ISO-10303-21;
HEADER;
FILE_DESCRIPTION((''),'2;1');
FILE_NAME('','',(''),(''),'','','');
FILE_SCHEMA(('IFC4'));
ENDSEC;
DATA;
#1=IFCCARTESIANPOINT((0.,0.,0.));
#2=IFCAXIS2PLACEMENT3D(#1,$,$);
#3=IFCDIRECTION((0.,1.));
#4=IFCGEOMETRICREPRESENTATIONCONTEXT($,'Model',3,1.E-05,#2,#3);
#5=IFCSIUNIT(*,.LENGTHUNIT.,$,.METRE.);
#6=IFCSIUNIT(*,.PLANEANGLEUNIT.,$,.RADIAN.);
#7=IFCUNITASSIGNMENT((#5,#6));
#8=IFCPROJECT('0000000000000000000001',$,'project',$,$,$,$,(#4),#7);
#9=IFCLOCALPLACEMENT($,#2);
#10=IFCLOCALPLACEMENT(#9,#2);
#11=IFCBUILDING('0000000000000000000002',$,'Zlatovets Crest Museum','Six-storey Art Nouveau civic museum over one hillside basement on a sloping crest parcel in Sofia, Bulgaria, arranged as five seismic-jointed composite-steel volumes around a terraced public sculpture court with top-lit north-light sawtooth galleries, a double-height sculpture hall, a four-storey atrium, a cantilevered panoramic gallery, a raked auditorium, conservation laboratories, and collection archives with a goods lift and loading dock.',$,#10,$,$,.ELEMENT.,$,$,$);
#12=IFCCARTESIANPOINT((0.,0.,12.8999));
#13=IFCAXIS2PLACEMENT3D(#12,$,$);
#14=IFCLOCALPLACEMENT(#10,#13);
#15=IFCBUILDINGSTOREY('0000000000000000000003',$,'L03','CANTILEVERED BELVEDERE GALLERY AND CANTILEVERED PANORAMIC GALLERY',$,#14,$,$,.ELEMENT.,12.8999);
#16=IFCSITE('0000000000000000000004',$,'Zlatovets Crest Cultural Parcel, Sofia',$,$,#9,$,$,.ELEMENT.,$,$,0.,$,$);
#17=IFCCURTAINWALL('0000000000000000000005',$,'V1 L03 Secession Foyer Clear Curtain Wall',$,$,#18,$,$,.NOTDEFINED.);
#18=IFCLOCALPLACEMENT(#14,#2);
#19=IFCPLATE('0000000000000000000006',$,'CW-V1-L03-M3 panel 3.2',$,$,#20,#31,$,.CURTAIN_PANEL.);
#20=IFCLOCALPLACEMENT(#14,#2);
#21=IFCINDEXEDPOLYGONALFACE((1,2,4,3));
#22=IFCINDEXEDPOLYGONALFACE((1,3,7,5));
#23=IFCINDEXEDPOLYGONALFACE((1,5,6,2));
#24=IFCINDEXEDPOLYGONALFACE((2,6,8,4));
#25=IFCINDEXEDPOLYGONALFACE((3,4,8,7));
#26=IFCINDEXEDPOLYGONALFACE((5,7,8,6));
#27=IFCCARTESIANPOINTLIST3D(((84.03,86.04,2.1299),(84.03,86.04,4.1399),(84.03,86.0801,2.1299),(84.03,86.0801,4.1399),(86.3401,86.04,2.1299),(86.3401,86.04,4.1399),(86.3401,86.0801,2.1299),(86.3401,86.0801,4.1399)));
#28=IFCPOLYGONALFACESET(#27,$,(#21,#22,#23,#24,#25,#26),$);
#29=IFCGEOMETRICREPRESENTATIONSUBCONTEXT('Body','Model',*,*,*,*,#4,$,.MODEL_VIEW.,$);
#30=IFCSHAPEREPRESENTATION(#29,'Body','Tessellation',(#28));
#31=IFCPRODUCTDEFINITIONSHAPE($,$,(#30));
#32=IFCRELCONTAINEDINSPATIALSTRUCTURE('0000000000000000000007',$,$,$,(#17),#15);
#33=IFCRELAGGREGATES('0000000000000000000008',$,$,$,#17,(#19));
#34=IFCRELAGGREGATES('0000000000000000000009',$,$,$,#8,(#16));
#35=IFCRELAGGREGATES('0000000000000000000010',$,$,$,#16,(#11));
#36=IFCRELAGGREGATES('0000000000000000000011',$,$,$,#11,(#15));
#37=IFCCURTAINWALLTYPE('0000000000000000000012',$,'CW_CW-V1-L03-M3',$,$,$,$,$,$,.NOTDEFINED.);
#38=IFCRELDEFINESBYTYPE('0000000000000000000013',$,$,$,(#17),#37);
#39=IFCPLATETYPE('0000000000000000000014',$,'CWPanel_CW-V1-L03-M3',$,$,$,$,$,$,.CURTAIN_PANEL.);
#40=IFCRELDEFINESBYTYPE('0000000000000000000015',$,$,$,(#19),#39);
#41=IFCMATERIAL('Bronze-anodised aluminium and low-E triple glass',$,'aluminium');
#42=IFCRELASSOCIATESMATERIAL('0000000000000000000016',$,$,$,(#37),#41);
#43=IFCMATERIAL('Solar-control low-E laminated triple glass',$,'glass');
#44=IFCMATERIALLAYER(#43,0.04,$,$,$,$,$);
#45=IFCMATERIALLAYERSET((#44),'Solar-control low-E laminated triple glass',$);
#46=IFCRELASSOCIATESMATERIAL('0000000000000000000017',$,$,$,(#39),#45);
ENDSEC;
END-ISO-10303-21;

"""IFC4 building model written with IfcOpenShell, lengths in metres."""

from ifc_helpers import new_model, si_unit, direction, frame, origin, origin_2d, place, context, subcontext, project, spatial, rectangle, extrude, material, layer, layer_set, type_object, element, aggregate, save


model = new_model("IFC4")

# Units and contexts
model_context = context("Model", 3, precision=1e-05, world=origin(), true_north=direction((0.0, 1.0)))
body_context = subcontext(model_context, "Body", "Model", "MODEL_VIEW")
ifc_project = project(units=[si_unit("LENGTHUNIT", "METRE"), si_unit("PLANEANGLEUNIT", "RADIAN")], contexts=[model_context])

# Site, building, storey
site_placement = place(None, origin())
site = spatial("IfcSite", under=ifc_project, at=site_placement, Name="Zlatovets Crest Cultural Parcel, Sofia", CompositionType="ELEMENT", RefElevation=0.0)
building_placement = place(site_placement, origin())
building = spatial("IfcBuilding", under=site, at=building_placement, Name="Zlatovets Crest Museum", Description="Six-storey Art Nouveau civic museum over one hillside basement on a sloping crest parcel in Sofia, Bulgaria, arranged as five seismic-jointed composite-steel volumes around a terraced public sculpture court with top-lit north-light sawtooth galleries, a double-height sculpture hall, a four-storey atrium, a cantilevered panoramic gallery, a raked auditorium, conservation laboratories, and collection archives with a goods lift and loading dock.", CompositionType="ELEMENT")
storey_placement = place(building_placement, frame((0.0, 0.0, 12.8999)))
storey = spatial("IfcBuildingStorey", under=building, at=storey_placement, Name="L03", Description="CANTILEVERED BELVEDERE GALLERY AND CANTILEVERED PANORAMIC GALLERY", CompositionType="ELEMENT", Elevation=12.8999)

# Curtain wall
ifc_material_1 = material(Name="Bronze-anodised aluminium and low-E triple glass", Category="aluminium")
curtain_wall_type_1 = type_object("IfcCurtainWallType", Name="CW_CW-V1-L03-M3", PredefinedType="NOTDEFINED", material=ifc_material_1)
curtain_wall_1_placement = place(storey_placement, origin())
curtain_wall_1 = element("IfcCurtainWall", 1, at=curtain_wall_1_placement, inside=storey, type_object=curtain_wall_type_1, Name="V1 L03 Secession Foyer Clear Curtain Wall", PredefinedType="NOTDEFINED")

# Plate
ifc_material_2 = material(Name="Solar-control low-E laminated triple glass", Category="glass")
ifc_layer = layer(ifc_material_2, 0.04)
ifc_layer_set = layer_set([ifc_layer], Name="Solar-control low-E laminated triple glass")
plate_type = type_object("IfcPlateType", Name="CWPanel_CW-V1-L03-M3", PredefinedType="CURTAIN_PANEL", material=ifc_layer_set)
plate_1_placement = place(storey_placement, frame((85.1851, 86.0601, 2.1299), z_axis=(0.0, 0.0, 1.0), x_axis=(1.0, 0.0, 0.0)))
plate_1 = element("IfcPlate", 2, at=plate_1_placement, type_object=plate_type, Name="CW-V1-L03-M3 panel 3.2", PredefinedType="CURTAIN_PANEL", context=body_context, shape_type="SweptSolid", body=[
    extrude(rectangle(XDim=2.3101, YDim=0.04, at=origin_2d()), origin(), (0.0, 0.0, 1.0), 2.01),
])
aggregate(curtain_wall_1, [plate_1])

save(model, "model.ifc")
